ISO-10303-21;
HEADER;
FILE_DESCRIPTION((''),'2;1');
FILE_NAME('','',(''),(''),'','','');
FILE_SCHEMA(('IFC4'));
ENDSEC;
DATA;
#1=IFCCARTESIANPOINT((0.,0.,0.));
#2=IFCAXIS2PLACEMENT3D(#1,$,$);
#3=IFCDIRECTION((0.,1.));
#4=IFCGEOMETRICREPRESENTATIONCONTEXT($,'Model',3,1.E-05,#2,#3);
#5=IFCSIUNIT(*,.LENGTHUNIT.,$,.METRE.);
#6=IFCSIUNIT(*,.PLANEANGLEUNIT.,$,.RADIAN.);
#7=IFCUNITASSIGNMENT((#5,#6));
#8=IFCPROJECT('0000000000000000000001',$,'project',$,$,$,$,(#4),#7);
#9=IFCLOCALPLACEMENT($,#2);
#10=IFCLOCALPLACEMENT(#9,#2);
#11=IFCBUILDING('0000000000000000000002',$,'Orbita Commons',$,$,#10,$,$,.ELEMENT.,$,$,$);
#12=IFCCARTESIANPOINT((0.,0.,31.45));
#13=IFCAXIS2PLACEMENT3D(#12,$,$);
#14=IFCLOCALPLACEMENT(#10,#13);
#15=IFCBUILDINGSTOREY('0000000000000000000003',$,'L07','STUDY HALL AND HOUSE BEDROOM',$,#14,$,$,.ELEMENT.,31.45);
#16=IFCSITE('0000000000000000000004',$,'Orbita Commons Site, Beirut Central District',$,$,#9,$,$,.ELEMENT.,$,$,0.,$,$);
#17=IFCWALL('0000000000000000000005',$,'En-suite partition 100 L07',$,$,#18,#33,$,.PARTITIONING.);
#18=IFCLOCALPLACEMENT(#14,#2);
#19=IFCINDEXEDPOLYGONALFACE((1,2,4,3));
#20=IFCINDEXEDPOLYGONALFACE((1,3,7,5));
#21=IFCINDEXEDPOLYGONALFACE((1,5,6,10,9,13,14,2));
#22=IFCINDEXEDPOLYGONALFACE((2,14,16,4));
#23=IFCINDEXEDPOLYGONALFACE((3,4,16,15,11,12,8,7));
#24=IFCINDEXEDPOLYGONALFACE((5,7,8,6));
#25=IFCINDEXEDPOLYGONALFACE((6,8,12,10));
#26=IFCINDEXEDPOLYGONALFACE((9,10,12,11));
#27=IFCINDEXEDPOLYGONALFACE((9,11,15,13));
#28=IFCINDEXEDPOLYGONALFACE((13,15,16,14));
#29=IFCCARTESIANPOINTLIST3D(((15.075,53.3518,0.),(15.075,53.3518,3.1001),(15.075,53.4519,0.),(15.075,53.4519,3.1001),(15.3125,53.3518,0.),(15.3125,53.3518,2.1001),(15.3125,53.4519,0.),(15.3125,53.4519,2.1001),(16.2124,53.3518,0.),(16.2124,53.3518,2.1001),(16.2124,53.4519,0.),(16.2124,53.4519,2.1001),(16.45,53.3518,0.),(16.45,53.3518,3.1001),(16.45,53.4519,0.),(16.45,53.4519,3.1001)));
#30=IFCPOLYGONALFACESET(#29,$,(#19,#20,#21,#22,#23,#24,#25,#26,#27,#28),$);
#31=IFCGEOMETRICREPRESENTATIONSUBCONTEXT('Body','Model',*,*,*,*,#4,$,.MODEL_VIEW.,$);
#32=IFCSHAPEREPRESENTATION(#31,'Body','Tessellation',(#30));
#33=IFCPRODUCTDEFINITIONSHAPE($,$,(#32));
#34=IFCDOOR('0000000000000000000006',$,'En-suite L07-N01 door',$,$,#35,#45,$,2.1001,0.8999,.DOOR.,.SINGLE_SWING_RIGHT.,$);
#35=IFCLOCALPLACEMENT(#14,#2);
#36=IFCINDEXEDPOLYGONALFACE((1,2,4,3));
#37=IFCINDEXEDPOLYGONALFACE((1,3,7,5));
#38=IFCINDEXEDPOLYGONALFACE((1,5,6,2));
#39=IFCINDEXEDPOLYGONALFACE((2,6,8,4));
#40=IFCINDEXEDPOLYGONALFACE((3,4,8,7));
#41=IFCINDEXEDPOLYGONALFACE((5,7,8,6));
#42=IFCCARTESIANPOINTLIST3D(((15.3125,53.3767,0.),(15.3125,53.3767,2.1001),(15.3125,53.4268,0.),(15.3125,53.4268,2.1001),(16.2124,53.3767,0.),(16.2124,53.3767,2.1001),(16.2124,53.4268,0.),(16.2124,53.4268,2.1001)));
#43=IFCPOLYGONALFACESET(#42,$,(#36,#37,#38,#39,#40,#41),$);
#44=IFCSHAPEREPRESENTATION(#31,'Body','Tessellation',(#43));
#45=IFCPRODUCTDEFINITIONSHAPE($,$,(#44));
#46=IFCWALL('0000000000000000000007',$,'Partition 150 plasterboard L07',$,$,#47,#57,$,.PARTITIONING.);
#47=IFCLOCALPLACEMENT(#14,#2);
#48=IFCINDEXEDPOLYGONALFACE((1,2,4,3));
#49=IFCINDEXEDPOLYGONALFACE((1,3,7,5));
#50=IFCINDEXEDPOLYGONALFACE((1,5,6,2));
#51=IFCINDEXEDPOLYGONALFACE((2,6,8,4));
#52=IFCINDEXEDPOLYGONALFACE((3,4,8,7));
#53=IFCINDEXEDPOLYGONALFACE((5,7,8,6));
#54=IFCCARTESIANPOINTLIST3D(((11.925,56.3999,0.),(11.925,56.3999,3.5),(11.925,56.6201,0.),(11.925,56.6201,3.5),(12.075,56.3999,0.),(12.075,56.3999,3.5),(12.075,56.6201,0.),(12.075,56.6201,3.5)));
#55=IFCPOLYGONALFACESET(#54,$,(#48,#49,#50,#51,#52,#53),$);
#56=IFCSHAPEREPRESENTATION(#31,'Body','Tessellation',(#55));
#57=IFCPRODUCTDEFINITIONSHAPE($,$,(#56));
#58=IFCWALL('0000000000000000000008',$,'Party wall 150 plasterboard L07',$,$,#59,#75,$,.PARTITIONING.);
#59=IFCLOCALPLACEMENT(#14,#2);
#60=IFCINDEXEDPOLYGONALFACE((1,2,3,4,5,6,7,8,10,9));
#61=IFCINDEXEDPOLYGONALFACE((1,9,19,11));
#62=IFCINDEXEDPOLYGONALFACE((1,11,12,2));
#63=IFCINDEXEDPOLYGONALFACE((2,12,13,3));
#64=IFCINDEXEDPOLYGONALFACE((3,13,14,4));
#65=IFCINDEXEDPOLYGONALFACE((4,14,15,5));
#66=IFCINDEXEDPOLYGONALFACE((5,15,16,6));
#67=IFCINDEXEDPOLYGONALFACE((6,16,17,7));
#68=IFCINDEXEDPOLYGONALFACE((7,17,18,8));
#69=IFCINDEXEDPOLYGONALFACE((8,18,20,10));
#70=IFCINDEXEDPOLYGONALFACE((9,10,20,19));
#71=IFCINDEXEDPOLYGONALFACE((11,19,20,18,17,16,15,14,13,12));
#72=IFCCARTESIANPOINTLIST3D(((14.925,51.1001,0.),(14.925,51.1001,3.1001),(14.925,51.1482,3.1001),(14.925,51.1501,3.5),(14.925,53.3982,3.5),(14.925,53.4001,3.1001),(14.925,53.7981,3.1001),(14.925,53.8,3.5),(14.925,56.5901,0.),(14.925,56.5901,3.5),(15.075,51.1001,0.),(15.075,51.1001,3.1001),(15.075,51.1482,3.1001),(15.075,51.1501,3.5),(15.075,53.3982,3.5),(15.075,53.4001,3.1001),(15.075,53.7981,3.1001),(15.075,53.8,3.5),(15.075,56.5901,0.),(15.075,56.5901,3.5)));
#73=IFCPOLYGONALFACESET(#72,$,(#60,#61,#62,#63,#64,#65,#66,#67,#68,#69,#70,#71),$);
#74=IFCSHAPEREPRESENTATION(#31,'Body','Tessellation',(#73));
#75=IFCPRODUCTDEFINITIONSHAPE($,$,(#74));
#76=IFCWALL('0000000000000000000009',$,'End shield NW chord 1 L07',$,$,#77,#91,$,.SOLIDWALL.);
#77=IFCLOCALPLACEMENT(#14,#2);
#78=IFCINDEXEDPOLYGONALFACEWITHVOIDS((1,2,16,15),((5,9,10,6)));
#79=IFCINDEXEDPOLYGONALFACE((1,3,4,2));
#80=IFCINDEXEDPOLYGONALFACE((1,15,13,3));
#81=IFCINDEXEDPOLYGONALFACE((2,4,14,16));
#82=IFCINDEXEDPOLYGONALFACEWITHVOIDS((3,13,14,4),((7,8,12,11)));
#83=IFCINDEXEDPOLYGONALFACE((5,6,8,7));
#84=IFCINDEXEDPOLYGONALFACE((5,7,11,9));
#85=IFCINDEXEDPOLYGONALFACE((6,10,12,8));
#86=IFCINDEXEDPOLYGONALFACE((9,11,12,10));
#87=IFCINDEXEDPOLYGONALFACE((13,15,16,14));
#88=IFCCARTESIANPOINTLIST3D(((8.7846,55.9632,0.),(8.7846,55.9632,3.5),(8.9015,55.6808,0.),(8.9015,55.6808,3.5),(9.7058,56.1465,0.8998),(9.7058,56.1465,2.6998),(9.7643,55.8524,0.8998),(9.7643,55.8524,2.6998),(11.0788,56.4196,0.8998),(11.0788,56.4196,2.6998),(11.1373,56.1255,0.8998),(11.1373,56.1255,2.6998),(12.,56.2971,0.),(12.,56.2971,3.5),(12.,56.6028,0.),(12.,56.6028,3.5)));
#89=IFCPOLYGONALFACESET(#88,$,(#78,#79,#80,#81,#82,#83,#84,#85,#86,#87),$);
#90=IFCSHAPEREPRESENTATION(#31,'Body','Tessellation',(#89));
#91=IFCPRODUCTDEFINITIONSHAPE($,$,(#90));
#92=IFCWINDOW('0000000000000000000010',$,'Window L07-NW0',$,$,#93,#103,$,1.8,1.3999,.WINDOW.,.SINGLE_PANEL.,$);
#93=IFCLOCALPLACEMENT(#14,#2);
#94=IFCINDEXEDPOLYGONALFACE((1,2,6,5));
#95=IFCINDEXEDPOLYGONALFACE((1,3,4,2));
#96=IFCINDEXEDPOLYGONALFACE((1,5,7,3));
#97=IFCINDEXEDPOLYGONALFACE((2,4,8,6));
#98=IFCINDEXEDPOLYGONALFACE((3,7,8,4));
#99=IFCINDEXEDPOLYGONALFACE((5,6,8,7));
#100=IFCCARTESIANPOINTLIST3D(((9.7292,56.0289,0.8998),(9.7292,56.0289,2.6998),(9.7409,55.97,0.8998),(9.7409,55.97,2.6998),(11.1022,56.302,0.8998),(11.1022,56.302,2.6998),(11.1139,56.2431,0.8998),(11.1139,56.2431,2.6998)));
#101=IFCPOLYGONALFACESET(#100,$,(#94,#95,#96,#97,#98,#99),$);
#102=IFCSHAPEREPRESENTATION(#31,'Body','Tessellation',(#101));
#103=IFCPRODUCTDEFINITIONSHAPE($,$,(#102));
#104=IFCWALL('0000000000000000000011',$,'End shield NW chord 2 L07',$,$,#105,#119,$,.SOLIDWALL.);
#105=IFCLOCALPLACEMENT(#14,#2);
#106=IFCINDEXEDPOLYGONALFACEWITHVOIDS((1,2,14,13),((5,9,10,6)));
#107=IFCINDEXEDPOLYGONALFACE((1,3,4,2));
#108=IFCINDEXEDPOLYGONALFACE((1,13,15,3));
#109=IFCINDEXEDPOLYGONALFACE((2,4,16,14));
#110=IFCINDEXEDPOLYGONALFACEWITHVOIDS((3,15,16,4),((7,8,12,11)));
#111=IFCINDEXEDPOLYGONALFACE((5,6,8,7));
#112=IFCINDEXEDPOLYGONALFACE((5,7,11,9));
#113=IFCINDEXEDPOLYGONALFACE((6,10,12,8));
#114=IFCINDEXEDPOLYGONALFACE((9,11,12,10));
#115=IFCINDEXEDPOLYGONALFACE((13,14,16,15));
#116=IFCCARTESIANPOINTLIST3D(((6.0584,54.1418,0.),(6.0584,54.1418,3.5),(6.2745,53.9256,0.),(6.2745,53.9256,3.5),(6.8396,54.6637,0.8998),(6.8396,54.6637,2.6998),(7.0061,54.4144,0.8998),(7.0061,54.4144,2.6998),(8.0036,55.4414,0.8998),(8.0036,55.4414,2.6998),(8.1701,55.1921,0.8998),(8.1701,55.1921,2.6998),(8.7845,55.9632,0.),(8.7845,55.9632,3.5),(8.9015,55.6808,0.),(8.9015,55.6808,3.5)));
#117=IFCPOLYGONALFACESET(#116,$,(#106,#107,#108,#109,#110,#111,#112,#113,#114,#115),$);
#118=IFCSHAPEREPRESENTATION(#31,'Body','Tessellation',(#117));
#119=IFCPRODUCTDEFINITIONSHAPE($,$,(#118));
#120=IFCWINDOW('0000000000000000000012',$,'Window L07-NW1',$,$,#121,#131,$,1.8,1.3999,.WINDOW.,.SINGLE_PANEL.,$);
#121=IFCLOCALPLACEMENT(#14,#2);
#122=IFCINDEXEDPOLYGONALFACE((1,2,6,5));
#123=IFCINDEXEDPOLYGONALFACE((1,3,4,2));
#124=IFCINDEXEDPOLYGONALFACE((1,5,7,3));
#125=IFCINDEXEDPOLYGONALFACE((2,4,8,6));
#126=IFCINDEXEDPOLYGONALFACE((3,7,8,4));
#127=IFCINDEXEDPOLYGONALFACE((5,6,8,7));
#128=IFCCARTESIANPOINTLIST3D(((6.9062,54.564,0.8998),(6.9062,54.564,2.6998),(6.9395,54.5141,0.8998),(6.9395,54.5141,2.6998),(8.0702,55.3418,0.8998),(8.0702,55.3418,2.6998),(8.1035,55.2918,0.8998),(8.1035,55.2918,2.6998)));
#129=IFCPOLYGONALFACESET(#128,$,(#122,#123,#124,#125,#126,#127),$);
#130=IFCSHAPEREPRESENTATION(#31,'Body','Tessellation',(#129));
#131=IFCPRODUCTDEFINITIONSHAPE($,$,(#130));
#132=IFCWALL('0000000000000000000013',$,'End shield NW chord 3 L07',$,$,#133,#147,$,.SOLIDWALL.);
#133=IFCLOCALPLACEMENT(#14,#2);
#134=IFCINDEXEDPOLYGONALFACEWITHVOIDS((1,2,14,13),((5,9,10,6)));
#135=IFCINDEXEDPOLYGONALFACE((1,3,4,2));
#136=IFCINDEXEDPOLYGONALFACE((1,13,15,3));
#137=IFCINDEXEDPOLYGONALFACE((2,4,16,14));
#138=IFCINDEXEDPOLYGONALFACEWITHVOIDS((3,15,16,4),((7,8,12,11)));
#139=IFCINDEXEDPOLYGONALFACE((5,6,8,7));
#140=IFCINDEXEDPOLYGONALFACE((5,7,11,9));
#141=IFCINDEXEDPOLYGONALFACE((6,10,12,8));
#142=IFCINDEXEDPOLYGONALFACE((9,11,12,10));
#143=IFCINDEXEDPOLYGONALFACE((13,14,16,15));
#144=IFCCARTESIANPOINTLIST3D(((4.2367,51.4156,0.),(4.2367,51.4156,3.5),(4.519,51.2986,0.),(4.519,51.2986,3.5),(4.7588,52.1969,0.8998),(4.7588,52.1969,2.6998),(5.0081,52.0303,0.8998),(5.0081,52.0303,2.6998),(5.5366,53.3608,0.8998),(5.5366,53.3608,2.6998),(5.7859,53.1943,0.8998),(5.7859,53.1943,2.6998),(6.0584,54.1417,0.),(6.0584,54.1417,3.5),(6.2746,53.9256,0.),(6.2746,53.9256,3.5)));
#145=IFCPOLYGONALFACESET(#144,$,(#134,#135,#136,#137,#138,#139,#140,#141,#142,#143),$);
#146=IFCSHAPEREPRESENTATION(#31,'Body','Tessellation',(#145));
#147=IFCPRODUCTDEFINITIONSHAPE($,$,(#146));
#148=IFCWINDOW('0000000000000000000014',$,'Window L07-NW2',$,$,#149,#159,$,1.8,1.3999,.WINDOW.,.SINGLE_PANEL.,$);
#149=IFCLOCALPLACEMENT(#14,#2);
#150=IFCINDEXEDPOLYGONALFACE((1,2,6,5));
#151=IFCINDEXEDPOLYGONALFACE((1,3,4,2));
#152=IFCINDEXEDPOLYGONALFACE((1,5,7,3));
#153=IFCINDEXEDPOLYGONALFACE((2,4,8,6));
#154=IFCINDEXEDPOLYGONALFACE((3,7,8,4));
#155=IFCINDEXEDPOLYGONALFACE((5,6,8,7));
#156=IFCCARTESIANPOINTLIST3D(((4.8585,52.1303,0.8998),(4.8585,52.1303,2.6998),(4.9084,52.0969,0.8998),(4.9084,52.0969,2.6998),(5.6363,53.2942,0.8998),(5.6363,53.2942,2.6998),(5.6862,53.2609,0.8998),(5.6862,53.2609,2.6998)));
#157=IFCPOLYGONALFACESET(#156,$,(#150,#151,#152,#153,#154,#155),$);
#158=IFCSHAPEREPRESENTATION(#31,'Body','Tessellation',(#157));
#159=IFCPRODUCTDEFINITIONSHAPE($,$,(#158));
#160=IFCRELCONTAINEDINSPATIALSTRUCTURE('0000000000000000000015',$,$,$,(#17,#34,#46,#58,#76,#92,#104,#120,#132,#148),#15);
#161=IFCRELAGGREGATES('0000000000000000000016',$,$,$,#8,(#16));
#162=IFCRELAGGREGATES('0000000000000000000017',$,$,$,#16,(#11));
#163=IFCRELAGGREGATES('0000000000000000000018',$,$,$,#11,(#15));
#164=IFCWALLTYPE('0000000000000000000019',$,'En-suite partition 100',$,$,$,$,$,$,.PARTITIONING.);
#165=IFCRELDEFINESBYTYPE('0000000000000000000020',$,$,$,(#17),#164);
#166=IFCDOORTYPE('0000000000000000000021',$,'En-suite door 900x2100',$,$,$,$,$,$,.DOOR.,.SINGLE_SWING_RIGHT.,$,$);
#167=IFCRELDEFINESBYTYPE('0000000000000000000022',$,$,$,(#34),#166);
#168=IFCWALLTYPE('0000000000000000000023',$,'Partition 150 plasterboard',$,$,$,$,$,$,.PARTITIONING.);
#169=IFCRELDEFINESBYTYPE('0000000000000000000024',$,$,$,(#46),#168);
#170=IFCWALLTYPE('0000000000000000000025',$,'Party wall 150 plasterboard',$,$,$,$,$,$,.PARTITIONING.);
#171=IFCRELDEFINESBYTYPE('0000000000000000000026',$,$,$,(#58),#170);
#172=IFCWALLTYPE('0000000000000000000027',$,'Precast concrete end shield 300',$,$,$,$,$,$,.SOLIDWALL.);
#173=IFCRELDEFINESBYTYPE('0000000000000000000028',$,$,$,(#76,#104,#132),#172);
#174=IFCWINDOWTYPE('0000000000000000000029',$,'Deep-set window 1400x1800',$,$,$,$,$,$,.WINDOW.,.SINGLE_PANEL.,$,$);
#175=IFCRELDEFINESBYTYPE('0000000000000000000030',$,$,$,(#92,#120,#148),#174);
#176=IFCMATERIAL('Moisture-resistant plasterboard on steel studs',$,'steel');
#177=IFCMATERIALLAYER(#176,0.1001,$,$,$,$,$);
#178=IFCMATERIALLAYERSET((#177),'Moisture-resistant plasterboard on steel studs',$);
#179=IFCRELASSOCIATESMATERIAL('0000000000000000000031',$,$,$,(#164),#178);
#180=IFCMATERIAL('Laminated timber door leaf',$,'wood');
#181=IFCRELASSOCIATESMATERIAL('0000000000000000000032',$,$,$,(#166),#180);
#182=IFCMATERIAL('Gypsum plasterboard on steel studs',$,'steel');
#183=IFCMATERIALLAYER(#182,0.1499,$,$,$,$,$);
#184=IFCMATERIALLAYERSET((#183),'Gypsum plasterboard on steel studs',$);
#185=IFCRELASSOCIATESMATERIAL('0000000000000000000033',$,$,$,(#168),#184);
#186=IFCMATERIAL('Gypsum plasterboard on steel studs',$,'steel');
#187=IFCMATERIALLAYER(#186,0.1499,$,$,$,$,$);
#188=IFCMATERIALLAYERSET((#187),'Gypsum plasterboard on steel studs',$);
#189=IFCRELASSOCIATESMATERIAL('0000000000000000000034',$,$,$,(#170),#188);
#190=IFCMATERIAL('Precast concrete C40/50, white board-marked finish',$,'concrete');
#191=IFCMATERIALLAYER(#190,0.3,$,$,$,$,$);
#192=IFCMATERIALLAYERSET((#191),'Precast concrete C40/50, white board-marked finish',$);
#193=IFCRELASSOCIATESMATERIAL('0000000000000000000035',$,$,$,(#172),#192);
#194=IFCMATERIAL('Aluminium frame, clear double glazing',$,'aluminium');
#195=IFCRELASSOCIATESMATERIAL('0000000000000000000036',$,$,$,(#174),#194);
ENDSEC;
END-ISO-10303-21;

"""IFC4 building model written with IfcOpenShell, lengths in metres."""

from ifc_helpers import new_model, si_unit, direction, frame, frame_2d, origin, place, context, subcontext, project, spatial, polyline, rectangle, outline, extrude, material, layer, layer_set, type_object, element, fill, save


model = new_model("IFC4")

# Units and contexts
model_context = context("Model", 3, precision=1e-05, world=origin(), true_north=direction((0.0, 1.0)))
body_context = subcontext(model_context, "Body", "Model", "MODEL_VIEW")
ifc_project = project(units=[si_unit("LENGTHUNIT", "METRE"), si_unit("PLANEANGLEUNIT", "RADIAN")], contexts=[model_context])

# Site, building, storey
site_placement = place(None, origin())
site = spatial("IfcSite", under=ifc_project, at=site_placement, Name="Orbita Commons Site, Beirut Central District", CompositionType="ELEMENT", RefElevation=0.0)
building_placement = place(site_placement, origin())
building = spatial("IfcBuilding", under=site, at=building_placement, Name="Orbita Commons", CompositionType="ELEMENT")
storey_placement = place(building_placement, frame((0.0, 0.0, 31.45)))
storey = spatial("IfcBuildingStorey", under=building, at=storey_placement, Name="L07", Description="STUDY HALL AND HOUSE BEDROOM", CompositionType="ELEMENT", Elevation=31.45)

# Wall, opening, door
ifc_material_1 = material(Name="Moisture-resistant plasterboard on steel studs", Category="steel")
ifc_layer_1 = layer(ifc_material_1, 0.1001)
ifc_layer_set_1 = layer_set([ifc_layer_1], Name="Moisture-resistant plasterboard on steel studs")
wall_type_1 = type_object("IfcWallType", Name="En-suite partition 100", PredefinedType="PARTITIONING", material=ifc_layer_set_1)
ifc_material_2 = material(Name="Laminated timber door leaf", Category="wood")
door_type = type_object("IfcDoorType", Name="En-suite door 900x2100", OperationType="SINGLE_SWING_RIGHT", PredefinedType="DOOR", material=ifc_material_2)
wall_1_placement = place(storey_placement, frame((15.075, 53.4019, 0.0), z_axis=(0.0, 0.0, 1.0), x_axis=(1.0, 0.0, 0.0)))
wall_1 = element("IfcWall", 1, at=wall_1_placement, inside=storey, type_object=wall_type_1, Name="En-suite partition 100 L07", PredefinedType="PARTITIONING", context=body_context, shape_type="SweptSolid", body=[
    extrude(outline(polyline([(0.0, 0.0), (1.375, 0.0), (1.375, 3.1001), (0.0, 3.1001), (0.0, 0.0)])), frame((0.0, 0.05, 0.0), z_axis=(0.0, -1.0, 0.0), x_axis=(1.0, 0.0, 0.0)), (0.0, 0.0, 1.0), 0.1001),
])
opening_1_placement = place(wall_1_placement, frame((0.2375, 0.0, 0.0)))
opening_1 = element("IfcOpeningElement", 2, at=opening_1_placement, cuts=wall_1, PredefinedType="OPENING", context=body_context, shape_type="SweptSolid", body=[
    extrude(rectangle(XDim=0.8999, YDim=2.1001, at=frame_2d((0.45, 1.05))), frame((0.0, 0.0601, 0.0), z_axis=(0.0, -1.0, 0.0), x_axis=(1.0, 0.0, 0.0)), (0.0, 0.0, 1.0), 0.1201),
])
door_1_placement = place(opening_1_placement, origin())
door_1 = element("IfcDoor", 3, at=door_1_placement, inside=storey, type_object=door_type, Name="En-suite L07-N01 door", OperationType="SINGLE_SWING_RIGHT", OverallHeight=2.1001, OverallWidth=0.8999, PredefinedType="DOOR", context=body_context, shape_type="SweptSolid", body=[
    extrude(rectangle(XDim=0.8999, YDim=2.1001, at=frame_2d((0.45, 1.05))), frame((0.0, 0.0249, 0.0), z_axis=(0.0, -1.0, 0.0), x_axis=(1.0, 0.0, 0.0)), (0.0, 0.0, 1.0), 0.05),
])
fill(opening_1, door_1)

# Walls
ifc_material_3 = material(Name="Gypsum plasterboard on steel studs", Category="steel")
ifc_layer_2 = layer(ifc_material_3, 0.1499)
ifc_layer_set_2 = layer_set([ifc_layer_2], Name="Gypsum plasterboard on steel studs")
wall_type_2 = type_object("IfcWallType", Name="Partition 150 plasterboard", PredefinedType="PARTITIONING", material=ifc_layer_set_2)
wall_2_placement = place(storey_placement, frame((12.0, 56.3999, 0.0), z_axis=(0.0, 0.0, 1.0), x_axis=(0.0, 1.0, 0.0)))
element("IfcWall", 4, at=wall_2_placement, inside=storey, type_object=wall_type_2, Name="Partition 150 plasterboard L07", PredefinedType="PARTITIONING", context=body_context, shape_type="SweptSolid", body=[
    extrude(rectangle(XDim=0.2202, YDim=0.1499, at=frame_2d((0.1101, 0.0))), origin(), (0.0, 0.0, 1.0), 3.5),
])
ifc_material_4 = material(Name="Gypsum plasterboard on steel studs", Category="steel")
ifc_layer_3 = layer(ifc_material_4, 0.1499)
ifc_layer_set_3 = layer_set([ifc_layer_3], Name="Gypsum plasterboard on steel studs")
wall_type_3 = type_object("IfcWallType", Name="Party wall 150 plasterboard", PredefinedType="PARTITIONING", material=ifc_layer_set_3)
wall_3_placement = place(storey_placement, frame((15.0, 56.5901, 0.0), z_axis=(0.0, 0.0, 1.0), x_axis=(0.0, -1.0, 0.0)))
element("IfcWall", 5, at=wall_3_placement, inside=storey, type_object=wall_type_3, Name="Party wall 150 plasterboard L07", PredefinedType="PARTITIONING", context=body_context, shape_type="SweptSolid", body=[
    extrude(outline(polyline([(0.0, 0.0), (5.49, 0.0), (5.49, 3.1001), (5.4419, 3.1001), (5.4399, 3.5), (3.1919, 3.5), (3.1899, 3.1001), (2.792, 3.1001), (2.79, 3.5), (0.0, 3.5), (0.0, 0.0)])), frame((0.0, 0.075, 0.0), z_axis=(0.0, -1.0, 0.0), x_axis=(1.0, 0.0, 0.0)), (0.0, 0.0, 1.0), 0.1499),
])

# Walls, openings, windows
ifc_material_5 = material(Name="Precast concrete C40/50, white board-marked finish", Category="concrete")
ifc_layer_4 = layer(ifc_material_5, 0.3)
ifc_layer_set_4 = layer_set([ifc_layer_4], Name="Precast concrete C40/50, white board-marked finish")
wall_type_4 = type_object("IfcWallType", Name="Precast concrete end shield 300", PredefinedType="SOLIDWALL", material=ifc_layer_set_4)
wall_4_placement = place(storey_placement, frame((12.0, 56.45, 0.0), z_axis=(0.0, 0.0, 1.0), x_axis=(-0.980787, -0.19508, 0.0)))
wall_4 = element("IfcWall", 6, at=wall_4_placement, inside=storey, type_object=wall_type_4, Name="End shield NW chord 1 L07", PredefinedType="SOLIDWALL", context=body_context, shape_type="SweptSolid", body=[
    extrude(outline(polyline([(-0.0298, -0.1499), (3.2485, -0.1499), (3.189, 0.1499), (0.0298, 0.1499), (-0.0298, -0.1499)])), origin(), (0.0, 0.0, 1.0), 3.5),
])
opening_2_placement = place(wall_4_placement, frame((0.9094, 0.0, 0.8999)))
opening_2 = element("IfcOpeningElement", 7, at=opening_2_placement, cuts=wall_4, PredefinedType="OPENING", context=body_context, shape_type="SweptSolid", body=[
    extrude(rectangle(XDim=1.3999, YDim=1.8, at=frame_2d((0.7, 0.8999))), frame((0.0, 0.1599, 0.0), z_axis=(0.0, -1.0, 0.0), x_axis=(1.0, 0.0, 0.0)), (0.0, 0.0, 1.0), 0.3201),
])
ifc_material_6 = material(Name="Aluminium frame, clear double glazing", Category="aluminium")
window_type = type_object("IfcWindowType", Name="Deep-set window 1400x1800", PartitioningType="SINGLE_PANEL", PredefinedType="WINDOW", material=ifc_material_6)
window_1_placement = place(opening_2_placement, origin())
window_1 = element("IfcWindow", 8, at=window_1_placement, inside=storey, type_object=window_type, Name="Window L07-NW0", OverallHeight=1.8, OverallWidth=1.3999, PartitioningType="SINGLE_PANEL", PredefinedType="WINDOW", context=body_context, shape_type="SweptSolid", body=[
    extrude(rectangle(XDim=1.3999, YDim=1.8, at=frame_2d((0.7, 0.8999))), frame((0.0, 0.03, 0.0), z_axis=(0.0, -1.0, 0.0), x_axis=(1.0, 0.0, 0.0)), (0.0, 0.0, 1.0), 0.0601),
])
fill(opening_2, window_1)
wall_5_placement = place(storey_placement, frame((8.843, 55.822, 0.0), z_axis=(0.0, 0.0, 1.0), x_axis=(-0.831478, -0.555558, 0.0)))
wall_5 = element("IfcWall", 9, at=wall_5_placement, inside=storey, type_object=wall_type_4, Name="End shield NW chord 2 L07", PredefinedType="SOLIDWALL", context=body_context, shape_type="SweptSolid", body=[
    extrude(outline(polyline([(-0.0298, -0.1499), (3.2488, -0.1499), (3.1892, 0.1499), (0.0298, 0.1499), (-0.0298, -0.1499)])), origin(), (0.0, 0.0, 1.0), 3.5),
])
opening_3_placement = place(wall_5_placement, frame((0.9094, 0.0, 0.8999)))
opening_3 = element("IfcOpeningElement", 10, at=opening_3_placement, cuts=wall_5, PredefinedType="OPENING", context=body_context, shape_type="SweptSolid", body=[
    extrude(rectangle(XDim=1.3999, YDim=1.8, at=frame_2d((0.7, 0.8999))), frame((0.0, 0.1599, 0.0), z_axis=(0.0, -1.0, 0.0), x_axis=(1.0, 0.0, 0.0)), (0.0, 0.0, 1.0), 0.3201),
])
window_2_placement = place(opening_3_placement, origin())
window_2 = element("IfcWindow", 11, at=window_2_placement, inside=storey, type_object=window_type, Name="Window L07-NW1", OverallHeight=1.8, OverallWidth=1.3999, PartitioningType="SINGLE_PANEL", PredefinedType="WINDOW", context=body_context, shape_type="SweptSolid", body=[
    extrude(rectangle(XDim=1.3999, YDim=1.8, at=frame_2d((0.7, 0.8999))), frame((0.0, 0.03, 0.0), z_axis=(0.0, -1.0, 0.0), x_axis=(1.0, 0.0, 0.0)), (0.0, 0.0, 1.0), 0.0601),
])
fill(opening_3, window_2)
wall_6_placement = place(storey_placement, frame((6.1665, 54.0337, 0.0), z_axis=(0.0, 0.0, 1.0), x_axis=(-0.55561, -0.831443, 0.0)))
wall_6 = element("IfcWall", 12, at=wall_6_placement, inside=storey, type_object=wall_type_4, Name="End shield NW chord 3 L07", PredefinedType="SOLIDWALL", context=body_context, shape_type="SweptSolid", body=[
    extrude(outline(polyline([(-0.0298, -0.1499), (3.249, -0.1499), (3.1895, 0.1499), (0.0298, 0.1499), (-0.0298, -0.1499)])), origin(), (0.0, 0.0, 1.0), 3.5),
])
opening_4_placement = place(wall_6_placement, frame((0.9094, 0.0, 0.8999)))
opening_4 = element("IfcOpeningElement", 13, at=opening_4_placement, cuts=wall_6, PredefinedType="OPENING", context=body_context, shape_type="SweptSolid", body=[
    extrude(rectangle(XDim=1.3999, YDim=1.8, at=frame_2d((0.7, 0.8999))), frame((0.0, 0.1599, 0.0), z_axis=(0.0, -1.0, 0.0), x_axis=(1.0, 0.0, 0.0)), (0.0, 0.0, 1.0), 0.3201),
])
window_3_placement = place(opening_4_placement, origin())
window_3 = element("IfcWindow", 14, at=window_3_placement, inside=storey, type_object=window_type, Name="Window L07-NW2", OverallHeight=1.8, OverallWidth=1.3999, PartitioningType="SINGLE_PANEL", PredefinedType="WINDOW", context=body_context, shape_type="SweptSolid", body=[
    extrude(rectangle(XDim=1.3999, YDim=1.8, at=frame_2d((0.7, 0.8999))), frame((0.0, 0.03, 0.0), z_axis=(0.0, -1.0, 0.0), x_axis=(1.0, 0.0, 0.0)), (0.0, 0.0, 1.0), 0.0601),
])
fill(opening_4, window_3)

save(model, "model.ifc")
